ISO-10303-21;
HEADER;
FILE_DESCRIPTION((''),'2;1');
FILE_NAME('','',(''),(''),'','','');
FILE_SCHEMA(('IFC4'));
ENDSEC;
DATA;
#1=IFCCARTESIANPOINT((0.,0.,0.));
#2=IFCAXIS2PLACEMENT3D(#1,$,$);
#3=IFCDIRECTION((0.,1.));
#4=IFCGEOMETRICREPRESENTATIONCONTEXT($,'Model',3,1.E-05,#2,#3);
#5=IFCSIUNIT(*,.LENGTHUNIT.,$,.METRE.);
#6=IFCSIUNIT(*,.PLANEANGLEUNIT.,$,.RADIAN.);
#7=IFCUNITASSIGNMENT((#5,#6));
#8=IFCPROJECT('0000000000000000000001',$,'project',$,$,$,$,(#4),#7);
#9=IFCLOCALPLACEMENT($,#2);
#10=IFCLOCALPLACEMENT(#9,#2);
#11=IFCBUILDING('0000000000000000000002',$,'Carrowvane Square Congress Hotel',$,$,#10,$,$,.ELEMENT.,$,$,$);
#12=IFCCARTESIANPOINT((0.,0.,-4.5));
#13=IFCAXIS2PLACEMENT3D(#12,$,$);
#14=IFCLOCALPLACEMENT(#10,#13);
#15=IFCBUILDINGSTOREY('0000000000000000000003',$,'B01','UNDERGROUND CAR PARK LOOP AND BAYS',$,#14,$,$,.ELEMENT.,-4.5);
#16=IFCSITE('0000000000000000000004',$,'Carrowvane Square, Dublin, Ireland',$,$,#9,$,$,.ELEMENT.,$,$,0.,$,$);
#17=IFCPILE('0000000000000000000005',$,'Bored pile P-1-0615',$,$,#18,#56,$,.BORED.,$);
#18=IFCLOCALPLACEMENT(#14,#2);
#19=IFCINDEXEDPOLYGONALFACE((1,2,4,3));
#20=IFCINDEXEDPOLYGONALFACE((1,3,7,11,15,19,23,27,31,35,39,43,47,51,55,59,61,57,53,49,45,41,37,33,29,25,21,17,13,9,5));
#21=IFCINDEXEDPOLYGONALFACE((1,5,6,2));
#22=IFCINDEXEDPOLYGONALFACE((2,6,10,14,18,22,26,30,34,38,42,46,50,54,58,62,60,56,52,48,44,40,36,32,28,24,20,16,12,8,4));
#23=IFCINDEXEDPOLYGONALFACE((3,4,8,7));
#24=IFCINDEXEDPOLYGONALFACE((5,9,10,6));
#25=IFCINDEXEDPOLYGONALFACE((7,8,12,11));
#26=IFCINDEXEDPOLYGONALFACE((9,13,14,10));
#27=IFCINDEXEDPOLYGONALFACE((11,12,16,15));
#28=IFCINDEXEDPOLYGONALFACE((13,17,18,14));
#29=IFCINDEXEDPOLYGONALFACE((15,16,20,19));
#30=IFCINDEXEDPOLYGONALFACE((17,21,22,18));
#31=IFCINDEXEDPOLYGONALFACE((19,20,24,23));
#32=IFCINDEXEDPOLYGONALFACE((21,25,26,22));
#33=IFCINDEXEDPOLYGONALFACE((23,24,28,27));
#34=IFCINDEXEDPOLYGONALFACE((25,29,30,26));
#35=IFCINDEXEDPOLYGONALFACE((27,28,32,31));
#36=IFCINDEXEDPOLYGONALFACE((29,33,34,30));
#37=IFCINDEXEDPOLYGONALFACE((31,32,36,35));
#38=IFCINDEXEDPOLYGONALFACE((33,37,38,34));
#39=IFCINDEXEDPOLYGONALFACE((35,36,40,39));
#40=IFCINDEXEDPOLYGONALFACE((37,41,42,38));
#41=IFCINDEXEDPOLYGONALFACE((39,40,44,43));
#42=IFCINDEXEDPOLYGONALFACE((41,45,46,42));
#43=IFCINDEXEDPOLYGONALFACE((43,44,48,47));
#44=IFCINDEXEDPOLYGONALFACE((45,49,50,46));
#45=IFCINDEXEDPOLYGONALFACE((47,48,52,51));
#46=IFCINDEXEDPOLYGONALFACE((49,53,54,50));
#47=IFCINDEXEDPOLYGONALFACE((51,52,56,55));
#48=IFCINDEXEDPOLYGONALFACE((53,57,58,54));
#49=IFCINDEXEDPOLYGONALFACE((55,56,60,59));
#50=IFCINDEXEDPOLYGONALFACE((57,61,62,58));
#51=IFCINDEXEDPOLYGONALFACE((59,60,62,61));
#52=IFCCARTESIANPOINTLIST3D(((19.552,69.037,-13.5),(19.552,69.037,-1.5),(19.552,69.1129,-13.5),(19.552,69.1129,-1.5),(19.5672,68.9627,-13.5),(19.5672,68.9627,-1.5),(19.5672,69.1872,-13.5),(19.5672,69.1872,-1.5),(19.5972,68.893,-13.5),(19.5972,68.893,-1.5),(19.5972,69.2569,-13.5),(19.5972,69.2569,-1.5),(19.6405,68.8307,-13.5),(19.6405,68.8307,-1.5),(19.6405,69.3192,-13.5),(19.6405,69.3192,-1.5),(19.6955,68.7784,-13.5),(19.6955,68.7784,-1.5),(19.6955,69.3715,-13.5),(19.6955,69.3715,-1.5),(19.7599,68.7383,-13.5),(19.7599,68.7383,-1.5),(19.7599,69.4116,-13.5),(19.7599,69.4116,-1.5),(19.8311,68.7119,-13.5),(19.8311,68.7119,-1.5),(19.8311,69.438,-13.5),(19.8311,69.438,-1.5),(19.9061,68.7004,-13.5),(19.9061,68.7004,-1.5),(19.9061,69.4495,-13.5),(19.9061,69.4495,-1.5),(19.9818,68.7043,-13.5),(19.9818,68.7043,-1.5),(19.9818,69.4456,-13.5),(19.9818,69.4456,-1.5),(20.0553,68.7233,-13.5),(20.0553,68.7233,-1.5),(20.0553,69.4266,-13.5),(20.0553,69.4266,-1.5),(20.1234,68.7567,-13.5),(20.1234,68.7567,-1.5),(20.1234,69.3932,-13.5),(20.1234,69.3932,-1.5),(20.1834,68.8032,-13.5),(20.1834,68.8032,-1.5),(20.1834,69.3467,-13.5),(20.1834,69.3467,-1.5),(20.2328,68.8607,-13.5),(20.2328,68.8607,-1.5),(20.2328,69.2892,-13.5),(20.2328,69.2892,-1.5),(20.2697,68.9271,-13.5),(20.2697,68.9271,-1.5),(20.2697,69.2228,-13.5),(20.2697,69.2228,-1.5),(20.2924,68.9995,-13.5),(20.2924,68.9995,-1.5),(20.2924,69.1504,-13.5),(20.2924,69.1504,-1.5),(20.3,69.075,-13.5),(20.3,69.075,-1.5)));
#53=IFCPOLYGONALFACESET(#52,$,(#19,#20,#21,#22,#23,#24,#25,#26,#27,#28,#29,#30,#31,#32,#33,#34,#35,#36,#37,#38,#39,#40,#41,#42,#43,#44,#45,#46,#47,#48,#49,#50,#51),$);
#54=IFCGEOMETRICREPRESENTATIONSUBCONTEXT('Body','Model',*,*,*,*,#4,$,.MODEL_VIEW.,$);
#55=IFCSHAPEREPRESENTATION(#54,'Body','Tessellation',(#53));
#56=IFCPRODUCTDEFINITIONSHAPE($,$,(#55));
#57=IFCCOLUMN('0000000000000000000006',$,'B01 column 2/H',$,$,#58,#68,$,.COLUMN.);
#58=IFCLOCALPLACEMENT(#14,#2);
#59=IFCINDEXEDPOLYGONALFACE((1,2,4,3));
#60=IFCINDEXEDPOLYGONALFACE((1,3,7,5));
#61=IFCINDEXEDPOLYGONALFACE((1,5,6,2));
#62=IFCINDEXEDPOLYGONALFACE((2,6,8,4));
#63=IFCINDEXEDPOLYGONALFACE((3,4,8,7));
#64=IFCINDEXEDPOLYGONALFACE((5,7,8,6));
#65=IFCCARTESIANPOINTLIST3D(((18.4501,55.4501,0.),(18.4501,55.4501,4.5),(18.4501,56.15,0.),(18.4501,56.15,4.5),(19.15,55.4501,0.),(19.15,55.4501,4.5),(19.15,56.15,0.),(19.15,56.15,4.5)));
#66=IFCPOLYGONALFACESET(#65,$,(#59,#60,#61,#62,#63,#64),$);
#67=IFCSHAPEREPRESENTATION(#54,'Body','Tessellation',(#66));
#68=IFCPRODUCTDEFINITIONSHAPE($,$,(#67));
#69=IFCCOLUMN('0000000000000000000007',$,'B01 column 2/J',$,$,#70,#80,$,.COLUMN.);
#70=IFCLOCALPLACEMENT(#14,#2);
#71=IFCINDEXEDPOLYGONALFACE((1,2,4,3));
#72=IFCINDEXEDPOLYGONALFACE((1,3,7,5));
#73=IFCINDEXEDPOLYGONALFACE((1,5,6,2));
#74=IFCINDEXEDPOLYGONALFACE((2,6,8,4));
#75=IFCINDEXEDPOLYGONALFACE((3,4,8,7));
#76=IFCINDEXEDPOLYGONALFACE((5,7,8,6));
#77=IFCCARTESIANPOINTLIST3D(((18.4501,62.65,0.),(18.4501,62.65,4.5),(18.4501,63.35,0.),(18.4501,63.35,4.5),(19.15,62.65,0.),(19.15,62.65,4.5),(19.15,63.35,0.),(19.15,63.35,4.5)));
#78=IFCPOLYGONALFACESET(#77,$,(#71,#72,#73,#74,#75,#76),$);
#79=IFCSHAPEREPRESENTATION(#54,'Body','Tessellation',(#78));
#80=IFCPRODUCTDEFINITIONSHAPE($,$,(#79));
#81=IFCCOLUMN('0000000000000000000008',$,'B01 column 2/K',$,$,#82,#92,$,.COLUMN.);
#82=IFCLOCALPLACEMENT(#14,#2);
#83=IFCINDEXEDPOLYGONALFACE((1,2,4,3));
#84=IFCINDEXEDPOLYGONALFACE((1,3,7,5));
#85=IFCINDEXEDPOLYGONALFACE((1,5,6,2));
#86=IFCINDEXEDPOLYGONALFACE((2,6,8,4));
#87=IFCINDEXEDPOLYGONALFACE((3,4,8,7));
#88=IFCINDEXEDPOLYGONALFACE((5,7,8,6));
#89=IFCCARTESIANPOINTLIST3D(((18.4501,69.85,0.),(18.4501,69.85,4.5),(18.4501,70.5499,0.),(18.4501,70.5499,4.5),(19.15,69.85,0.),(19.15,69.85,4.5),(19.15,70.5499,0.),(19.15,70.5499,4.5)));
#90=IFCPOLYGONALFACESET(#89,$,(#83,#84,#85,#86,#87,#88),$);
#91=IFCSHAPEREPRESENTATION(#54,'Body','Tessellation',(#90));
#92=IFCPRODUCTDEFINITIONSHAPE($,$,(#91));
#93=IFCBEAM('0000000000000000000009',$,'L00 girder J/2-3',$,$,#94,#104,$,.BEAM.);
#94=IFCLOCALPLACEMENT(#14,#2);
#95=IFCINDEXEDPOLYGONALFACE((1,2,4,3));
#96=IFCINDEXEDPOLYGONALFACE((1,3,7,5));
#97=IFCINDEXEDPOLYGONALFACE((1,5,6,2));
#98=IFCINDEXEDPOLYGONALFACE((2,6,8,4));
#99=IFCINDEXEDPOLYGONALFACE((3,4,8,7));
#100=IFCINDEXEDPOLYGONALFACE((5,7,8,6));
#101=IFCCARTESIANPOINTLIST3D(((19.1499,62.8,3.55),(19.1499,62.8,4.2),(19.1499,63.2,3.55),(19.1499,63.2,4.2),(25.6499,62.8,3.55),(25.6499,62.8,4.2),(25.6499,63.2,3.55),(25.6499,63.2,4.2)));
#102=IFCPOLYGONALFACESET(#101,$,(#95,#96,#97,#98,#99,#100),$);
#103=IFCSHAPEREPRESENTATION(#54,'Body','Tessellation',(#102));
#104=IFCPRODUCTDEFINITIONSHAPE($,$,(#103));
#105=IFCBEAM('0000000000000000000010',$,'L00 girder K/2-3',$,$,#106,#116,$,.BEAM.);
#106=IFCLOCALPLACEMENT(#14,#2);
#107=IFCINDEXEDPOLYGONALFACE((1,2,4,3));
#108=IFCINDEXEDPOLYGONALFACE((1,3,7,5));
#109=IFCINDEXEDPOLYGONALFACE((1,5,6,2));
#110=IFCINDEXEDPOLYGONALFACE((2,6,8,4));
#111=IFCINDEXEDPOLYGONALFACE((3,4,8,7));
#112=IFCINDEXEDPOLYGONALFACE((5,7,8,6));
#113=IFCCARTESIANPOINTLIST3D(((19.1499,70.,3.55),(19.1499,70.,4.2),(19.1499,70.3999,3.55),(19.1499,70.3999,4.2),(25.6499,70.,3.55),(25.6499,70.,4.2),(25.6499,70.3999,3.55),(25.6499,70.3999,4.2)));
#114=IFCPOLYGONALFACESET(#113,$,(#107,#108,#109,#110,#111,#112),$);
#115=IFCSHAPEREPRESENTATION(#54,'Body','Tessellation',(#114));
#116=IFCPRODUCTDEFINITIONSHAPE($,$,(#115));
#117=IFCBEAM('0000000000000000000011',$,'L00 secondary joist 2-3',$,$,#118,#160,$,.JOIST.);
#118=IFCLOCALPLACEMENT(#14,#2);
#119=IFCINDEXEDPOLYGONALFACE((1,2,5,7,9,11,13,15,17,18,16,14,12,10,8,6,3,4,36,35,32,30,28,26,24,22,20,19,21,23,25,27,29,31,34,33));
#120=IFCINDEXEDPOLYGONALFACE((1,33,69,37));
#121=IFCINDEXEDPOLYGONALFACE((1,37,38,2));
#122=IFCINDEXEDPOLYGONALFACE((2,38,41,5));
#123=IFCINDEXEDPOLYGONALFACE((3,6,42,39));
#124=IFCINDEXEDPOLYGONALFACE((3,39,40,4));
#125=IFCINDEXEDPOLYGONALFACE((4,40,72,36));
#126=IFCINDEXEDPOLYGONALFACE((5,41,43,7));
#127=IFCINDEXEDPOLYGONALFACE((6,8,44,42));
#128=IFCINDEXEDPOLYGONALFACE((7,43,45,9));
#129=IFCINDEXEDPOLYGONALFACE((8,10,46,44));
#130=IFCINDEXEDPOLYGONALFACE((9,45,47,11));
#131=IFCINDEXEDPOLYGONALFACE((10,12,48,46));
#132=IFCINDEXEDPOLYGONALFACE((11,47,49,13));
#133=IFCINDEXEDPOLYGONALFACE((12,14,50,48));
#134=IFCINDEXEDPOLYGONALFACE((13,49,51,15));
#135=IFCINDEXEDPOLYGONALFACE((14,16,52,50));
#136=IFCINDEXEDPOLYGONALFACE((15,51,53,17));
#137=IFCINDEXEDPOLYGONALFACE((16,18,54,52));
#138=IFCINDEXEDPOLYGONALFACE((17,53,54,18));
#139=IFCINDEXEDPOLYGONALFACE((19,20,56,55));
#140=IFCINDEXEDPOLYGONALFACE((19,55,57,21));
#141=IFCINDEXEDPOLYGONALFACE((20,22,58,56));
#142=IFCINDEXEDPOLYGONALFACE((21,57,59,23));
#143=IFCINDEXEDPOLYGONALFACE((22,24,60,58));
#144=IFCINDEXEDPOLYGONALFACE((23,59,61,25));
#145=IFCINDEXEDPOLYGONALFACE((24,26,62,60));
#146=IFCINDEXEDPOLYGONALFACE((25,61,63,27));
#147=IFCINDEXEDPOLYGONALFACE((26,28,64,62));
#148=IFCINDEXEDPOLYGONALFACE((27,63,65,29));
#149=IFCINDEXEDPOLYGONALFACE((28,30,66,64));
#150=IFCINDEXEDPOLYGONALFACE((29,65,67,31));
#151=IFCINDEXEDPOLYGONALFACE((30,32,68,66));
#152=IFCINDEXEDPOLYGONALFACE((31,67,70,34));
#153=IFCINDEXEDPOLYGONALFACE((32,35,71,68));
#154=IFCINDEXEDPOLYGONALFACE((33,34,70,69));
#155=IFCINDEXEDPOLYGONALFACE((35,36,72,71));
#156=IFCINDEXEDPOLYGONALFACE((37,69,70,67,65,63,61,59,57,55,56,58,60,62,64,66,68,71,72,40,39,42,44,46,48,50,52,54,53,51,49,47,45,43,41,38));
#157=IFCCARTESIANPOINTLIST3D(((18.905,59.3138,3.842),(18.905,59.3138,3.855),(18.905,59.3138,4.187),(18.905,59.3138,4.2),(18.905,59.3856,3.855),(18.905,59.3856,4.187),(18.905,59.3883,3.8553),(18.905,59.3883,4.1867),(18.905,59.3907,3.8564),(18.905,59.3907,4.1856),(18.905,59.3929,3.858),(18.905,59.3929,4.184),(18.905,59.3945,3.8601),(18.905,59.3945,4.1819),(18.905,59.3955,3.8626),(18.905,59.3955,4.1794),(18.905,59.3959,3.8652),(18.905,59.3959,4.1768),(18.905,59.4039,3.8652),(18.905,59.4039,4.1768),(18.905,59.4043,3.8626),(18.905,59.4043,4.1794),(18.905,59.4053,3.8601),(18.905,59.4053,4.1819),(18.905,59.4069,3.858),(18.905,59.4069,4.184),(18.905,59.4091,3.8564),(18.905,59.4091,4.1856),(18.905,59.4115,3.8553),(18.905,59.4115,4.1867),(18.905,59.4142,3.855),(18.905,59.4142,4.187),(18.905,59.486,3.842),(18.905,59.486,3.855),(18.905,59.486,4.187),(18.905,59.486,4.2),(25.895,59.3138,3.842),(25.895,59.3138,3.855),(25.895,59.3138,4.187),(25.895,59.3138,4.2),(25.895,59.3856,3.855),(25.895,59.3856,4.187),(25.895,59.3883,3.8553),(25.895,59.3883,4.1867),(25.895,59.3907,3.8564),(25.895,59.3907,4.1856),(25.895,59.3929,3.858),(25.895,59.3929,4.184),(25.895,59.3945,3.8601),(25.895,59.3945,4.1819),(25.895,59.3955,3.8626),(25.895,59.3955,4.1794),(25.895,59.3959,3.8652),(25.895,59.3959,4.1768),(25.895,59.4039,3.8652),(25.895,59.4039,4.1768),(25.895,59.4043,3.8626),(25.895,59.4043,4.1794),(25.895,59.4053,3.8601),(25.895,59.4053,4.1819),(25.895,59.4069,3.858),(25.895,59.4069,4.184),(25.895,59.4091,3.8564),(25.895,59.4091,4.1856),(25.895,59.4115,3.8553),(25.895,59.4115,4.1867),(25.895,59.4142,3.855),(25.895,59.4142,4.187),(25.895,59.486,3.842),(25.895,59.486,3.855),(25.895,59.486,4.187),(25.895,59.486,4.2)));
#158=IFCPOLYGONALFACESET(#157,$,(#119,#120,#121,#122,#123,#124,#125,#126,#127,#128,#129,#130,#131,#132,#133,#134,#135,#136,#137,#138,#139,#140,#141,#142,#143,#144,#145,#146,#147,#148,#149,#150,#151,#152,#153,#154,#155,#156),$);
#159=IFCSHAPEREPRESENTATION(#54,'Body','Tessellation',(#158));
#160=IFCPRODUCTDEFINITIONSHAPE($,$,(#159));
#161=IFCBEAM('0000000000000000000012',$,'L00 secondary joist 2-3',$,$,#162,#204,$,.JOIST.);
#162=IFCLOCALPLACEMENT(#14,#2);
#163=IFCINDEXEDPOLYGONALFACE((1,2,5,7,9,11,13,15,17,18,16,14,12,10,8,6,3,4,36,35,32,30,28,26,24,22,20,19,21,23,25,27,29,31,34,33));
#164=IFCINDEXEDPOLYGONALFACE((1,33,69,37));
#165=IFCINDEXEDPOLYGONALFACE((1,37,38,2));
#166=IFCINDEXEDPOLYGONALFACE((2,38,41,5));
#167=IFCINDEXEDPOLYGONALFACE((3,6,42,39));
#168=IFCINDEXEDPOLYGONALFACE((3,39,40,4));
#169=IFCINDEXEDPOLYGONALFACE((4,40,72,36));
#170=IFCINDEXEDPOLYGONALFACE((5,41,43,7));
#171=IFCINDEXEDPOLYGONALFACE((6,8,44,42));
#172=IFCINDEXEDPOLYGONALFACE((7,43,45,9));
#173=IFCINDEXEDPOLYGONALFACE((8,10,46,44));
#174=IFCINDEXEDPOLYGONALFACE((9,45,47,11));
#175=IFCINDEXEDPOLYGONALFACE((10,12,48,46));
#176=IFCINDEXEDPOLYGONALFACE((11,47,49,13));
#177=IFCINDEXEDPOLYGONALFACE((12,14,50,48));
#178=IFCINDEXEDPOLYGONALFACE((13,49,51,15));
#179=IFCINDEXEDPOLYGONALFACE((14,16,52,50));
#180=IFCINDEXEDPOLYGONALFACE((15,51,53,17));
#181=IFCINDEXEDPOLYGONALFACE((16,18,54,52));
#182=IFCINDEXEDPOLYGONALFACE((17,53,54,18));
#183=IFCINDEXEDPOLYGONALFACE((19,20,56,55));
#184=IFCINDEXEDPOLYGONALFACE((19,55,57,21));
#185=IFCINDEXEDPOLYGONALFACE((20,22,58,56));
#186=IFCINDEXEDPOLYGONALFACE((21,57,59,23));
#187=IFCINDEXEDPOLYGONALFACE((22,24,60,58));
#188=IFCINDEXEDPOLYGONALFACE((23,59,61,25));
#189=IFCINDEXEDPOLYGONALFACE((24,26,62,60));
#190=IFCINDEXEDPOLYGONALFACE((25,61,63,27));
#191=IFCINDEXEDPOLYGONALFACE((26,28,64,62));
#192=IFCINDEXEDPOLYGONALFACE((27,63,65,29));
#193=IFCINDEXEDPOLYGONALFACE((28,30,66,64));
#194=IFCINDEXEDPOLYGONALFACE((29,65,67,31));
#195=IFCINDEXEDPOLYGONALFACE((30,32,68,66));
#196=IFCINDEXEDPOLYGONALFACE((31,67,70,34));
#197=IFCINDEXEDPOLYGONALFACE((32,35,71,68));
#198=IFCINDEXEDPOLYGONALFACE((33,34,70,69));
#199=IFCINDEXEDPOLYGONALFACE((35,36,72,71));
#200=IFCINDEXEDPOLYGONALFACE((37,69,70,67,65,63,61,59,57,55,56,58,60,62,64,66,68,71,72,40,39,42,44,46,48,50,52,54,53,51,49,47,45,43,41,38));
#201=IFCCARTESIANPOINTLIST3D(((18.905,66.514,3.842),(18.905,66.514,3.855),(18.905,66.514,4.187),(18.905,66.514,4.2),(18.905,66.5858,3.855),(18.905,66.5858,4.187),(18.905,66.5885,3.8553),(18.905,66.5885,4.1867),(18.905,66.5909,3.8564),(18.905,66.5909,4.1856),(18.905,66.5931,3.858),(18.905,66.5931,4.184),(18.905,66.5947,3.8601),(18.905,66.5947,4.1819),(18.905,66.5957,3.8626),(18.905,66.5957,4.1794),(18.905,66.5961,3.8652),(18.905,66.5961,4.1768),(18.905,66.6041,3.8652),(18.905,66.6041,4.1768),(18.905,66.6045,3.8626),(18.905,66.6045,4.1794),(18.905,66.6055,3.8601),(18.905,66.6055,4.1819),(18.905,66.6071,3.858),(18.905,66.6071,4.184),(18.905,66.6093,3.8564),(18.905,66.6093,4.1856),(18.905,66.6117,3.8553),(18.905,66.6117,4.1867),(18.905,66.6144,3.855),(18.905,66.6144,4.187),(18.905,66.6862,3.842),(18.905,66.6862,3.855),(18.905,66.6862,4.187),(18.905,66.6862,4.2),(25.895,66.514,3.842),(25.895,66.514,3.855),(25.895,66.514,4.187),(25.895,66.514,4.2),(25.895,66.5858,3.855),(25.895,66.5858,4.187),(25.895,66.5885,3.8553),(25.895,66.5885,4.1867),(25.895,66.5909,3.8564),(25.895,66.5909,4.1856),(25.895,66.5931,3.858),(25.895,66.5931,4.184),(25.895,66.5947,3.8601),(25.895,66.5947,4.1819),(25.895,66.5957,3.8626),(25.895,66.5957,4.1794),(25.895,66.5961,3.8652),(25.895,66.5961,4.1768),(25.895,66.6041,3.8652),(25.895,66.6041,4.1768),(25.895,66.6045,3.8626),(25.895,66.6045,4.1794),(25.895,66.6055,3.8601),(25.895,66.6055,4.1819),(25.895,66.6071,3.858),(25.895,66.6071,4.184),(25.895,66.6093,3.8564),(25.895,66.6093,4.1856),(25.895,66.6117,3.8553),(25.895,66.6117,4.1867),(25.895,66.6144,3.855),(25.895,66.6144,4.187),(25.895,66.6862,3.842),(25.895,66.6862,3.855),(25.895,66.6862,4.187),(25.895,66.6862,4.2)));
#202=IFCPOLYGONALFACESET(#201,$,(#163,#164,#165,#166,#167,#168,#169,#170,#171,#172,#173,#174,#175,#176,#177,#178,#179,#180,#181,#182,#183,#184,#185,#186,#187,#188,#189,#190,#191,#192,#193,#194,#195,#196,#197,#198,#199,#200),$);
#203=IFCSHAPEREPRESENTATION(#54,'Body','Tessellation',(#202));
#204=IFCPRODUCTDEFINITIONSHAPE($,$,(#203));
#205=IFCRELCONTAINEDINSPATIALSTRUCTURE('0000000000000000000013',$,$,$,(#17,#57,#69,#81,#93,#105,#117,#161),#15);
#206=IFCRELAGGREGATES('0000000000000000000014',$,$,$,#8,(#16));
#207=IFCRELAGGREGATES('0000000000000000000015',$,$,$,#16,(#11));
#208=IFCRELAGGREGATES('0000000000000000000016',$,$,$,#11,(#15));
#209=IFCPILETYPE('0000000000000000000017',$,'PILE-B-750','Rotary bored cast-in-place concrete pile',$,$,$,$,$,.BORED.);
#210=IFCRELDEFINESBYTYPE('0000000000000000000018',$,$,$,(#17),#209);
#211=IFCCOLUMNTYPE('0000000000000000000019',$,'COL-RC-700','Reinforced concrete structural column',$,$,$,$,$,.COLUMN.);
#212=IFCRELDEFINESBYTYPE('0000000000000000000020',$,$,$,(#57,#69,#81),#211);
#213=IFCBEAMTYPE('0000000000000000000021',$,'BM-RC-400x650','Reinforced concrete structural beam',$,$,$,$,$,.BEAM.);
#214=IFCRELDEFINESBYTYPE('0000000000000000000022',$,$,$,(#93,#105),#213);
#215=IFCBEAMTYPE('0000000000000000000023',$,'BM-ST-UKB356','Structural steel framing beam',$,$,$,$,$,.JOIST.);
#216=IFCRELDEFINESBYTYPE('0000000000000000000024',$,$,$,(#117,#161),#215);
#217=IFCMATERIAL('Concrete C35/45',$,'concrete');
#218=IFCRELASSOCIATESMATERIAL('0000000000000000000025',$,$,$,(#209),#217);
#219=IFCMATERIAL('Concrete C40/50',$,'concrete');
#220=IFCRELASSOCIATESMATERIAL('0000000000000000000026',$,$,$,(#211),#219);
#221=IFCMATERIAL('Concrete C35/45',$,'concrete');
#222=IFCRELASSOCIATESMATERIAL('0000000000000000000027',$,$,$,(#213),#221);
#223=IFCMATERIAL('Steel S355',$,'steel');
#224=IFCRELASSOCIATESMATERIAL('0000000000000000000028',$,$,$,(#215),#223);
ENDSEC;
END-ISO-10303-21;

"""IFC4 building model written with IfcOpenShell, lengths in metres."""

from ifc_helpers import new_model, si_unit, direction, frame, origin, origin_2d, place, context, subcontext, project, spatial, rectangle, circle, i_section, extrude, material, material_profile, profile_set, type_object, element, save


model = new_model("IFC4")

# Units and contexts
model_context = context("Model", 3, precision=1e-05, world=origin(), true_north=direction((0.0, 1.0)))
body_context = subcontext(model_context, "Body", "Model", "MODEL_VIEW")
ifc_project = project(units=[si_unit("LENGTHUNIT", "METRE"), si_unit("PLANEANGLEUNIT", "RADIAN")], contexts=[model_context])

# Site, building, storey
site_placement = place(None, origin())
site = spatial("IfcSite", under=ifc_project, at=site_placement, Name="Carrowvane Square, Dublin, Ireland", CompositionType="ELEMENT", RefElevation=0.0)
building_placement = place(site_placement, origin())
building = spatial("IfcBuilding", under=site, at=building_placement, Name="Carrowvane Square Congress Hotel", CompositionType="ELEMENT")
storey_placement = place(building_placement, frame((0.0, 0.0, -4.5)))
storey = spatial("IfcBuildingStorey", under=building, at=storey_placement, Name="B01", Description="UNDERGROUND CAR PARK LOOP AND BAYS", CompositionType="ELEMENT", Elevation=-4.5)

# Pile
ifc_material_1 = material(Name="Concrete C35/45", Category="concrete")
ifc_material_profile_1 = material_profile(ifc_material_1, circle(Radius=0.375, at=origin_2d()), Name="PILE D750")
ifc_profile_set_1 = profile_set([ifc_material_profile_1], Name="Concrete C35/45")
pile_type = type_object("IfcPileType", Name="PILE-B-750", Description="Rotary bored cast-in-place concrete pile", PredefinedType="BORED", material=ifc_profile_set_1)
for number, where, z_axis, x_axis, name in (
    (1, (19.925, 69.075, -1.5), (0.0, 0.0, -1.0), (1.0, 0.0, 0.0), "Bored pile P-1-0615"),
):
    element("IfcPile", number, at=place(storey_placement, frame(where, z_axis=z_axis, x_axis=x_axis)), inside=storey, type_object=pile_type, Name=name, PredefinedType="BORED", context=body_context, shape_type="SweptSolid", body=[
        extrude(circle(Radius=0.375, at=origin_2d()), origin(), (0.0, 0.0, 1.0), 12.0),
    ])

# Columns
ifc_material_2 = material(Name="Concrete C40/50", Category="concrete")
ifc_material_profile_2 = material_profile(ifc_material_2, rectangle(XDim=0.7, YDim=0.7, at=origin_2d()), Name="RC 700x700")
ifc_profile_set_2 = profile_set([ifc_material_profile_2], Name="Concrete C40/50")
column_type = type_object("IfcColumnType", Name="COL-RC-700", Description="Reinforced concrete structural column", PredefinedType="COLUMN", material=ifc_profile_set_2)
for number, where, z_axis, x_axis, name in (
    (2, (18.8, 55.8, 0.0), (0.0, 0.0, 1.0), (1.0, 0.0, 0.0), "B01 column 2/H"),
    (3, (18.8, 63.0, 0.0), (0.0, 0.0, 1.0), (1.0, 0.0, 0.0), "B01 column 2/J"),
    (4, (18.8, 70.2, 0.0), (0.0, 0.0, 1.0), (1.0, 0.0, 0.0), "B01 column 2/K"),
):
    element("IfcColumn", number, at=place(storey_placement, frame(where, z_axis=z_axis, x_axis=x_axis)), inside=storey, type_object=column_type, Name=name, PredefinedType="COLUMN", context=body_context, shape_type="SweptSolid", body=[
        extrude(rectangle(XDim=0.7, YDim=0.7, at=origin_2d()), origin(), (0.0, 0.0, 1.0), 4.5),
    ])

# Beams
ifc_material_3 = material(Name="Concrete C35/45", Category="concrete")
ifc_material_profile_3 = material_profile(ifc_material_3, rectangle(XDim=0.3999, YDim=0.6499, at=origin_2d()), Name="RC 400x650")
ifc_profile_set_3 = profile_set([ifc_material_profile_3], Name="Concrete C35/45")
beam_type_1 = type_object("IfcBeamType", Name="BM-RC-400x650", Description="Reinforced concrete structural beam", PredefinedType="BEAM", material=ifc_profile_set_3)
for number, where, z_axis, x_axis, name in (
    (5, (19.1499, 63.0, 3.875), (1.0, 0.0, 0.0), (0.0, 1.0, 0.0), "L00 girder J/2-3"),
    (6, (19.1499, 70.2, 3.875), (1.0, 0.0, 0.0), (0.0, 1.0, 0.0), "L00 girder K/2-3"),
):
    element("IfcBeam", number, at=place(storey_placement, frame(where, z_axis=z_axis, x_axis=x_axis)), inside=storey, type_object=beam_type_1, Name=name, PredefinedType="BEAM", context=body_context, shape_type="SweptSolid", body=[
        extrude(rectangle(XDim=0.3999, YDim=0.6499, at=origin_2d()), origin(), (0.0, 0.0, 1.0), 6.5),
    ])
ifc_material_4 = material(Name="Steel S355", Category="steel")
ifc_material_profile_4 = material_profile(ifc_material_4, i_section(OverallWidth=0.1721, OverallDepth=0.3579, WebThickness=0.0081, FlangeThickness=0.0129, FilletRadius=0.0103, at=origin_2d()), Name="UKB 356x171x57")
ifc_profile_set_4 = profile_set([ifc_material_profile_4], Name="Steel S355")
beam_type_2 = type_object("IfcBeamType", Name="BM-ST-UKB356", Description="Structural steel framing beam", PredefinedType="JOIST", material=ifc_profile_set_4)
for number, where, z_axis, x_axis, name in (
    (7, (18.905, 59.3999, 4.021), (1.0, 0.0, 0.0), (0.0, 1.0, 0.0), "L00 secondary joist 2-3"),
    (8, (18.905, 66.6001, 4.021), (1.0, 0.0, 0.0), (0.0, 1.0, 0.0), "L00 secondary joist 2-3"),
):
    element("IfcBeam", number, at=place(storey_placement, frame(where, z_axis=z_axis, x_axis=x_axis)), inside=storey, type_object=beam_type_2, Name=name, PredefinedType="JOIST", context=body_context, shape_type="SweptSolid", body=[
        extrude(i_section(OverallWidth=0.1721, OverallDepth=0.3579, WebThickness=0.0081, FlangeThickness=0.0129, FilletRadius=0.0103, at=origin_2d()), origin(), (0.0, 0.0, 1.0), 6.99),
    ])

save(model, "model.ifc")
